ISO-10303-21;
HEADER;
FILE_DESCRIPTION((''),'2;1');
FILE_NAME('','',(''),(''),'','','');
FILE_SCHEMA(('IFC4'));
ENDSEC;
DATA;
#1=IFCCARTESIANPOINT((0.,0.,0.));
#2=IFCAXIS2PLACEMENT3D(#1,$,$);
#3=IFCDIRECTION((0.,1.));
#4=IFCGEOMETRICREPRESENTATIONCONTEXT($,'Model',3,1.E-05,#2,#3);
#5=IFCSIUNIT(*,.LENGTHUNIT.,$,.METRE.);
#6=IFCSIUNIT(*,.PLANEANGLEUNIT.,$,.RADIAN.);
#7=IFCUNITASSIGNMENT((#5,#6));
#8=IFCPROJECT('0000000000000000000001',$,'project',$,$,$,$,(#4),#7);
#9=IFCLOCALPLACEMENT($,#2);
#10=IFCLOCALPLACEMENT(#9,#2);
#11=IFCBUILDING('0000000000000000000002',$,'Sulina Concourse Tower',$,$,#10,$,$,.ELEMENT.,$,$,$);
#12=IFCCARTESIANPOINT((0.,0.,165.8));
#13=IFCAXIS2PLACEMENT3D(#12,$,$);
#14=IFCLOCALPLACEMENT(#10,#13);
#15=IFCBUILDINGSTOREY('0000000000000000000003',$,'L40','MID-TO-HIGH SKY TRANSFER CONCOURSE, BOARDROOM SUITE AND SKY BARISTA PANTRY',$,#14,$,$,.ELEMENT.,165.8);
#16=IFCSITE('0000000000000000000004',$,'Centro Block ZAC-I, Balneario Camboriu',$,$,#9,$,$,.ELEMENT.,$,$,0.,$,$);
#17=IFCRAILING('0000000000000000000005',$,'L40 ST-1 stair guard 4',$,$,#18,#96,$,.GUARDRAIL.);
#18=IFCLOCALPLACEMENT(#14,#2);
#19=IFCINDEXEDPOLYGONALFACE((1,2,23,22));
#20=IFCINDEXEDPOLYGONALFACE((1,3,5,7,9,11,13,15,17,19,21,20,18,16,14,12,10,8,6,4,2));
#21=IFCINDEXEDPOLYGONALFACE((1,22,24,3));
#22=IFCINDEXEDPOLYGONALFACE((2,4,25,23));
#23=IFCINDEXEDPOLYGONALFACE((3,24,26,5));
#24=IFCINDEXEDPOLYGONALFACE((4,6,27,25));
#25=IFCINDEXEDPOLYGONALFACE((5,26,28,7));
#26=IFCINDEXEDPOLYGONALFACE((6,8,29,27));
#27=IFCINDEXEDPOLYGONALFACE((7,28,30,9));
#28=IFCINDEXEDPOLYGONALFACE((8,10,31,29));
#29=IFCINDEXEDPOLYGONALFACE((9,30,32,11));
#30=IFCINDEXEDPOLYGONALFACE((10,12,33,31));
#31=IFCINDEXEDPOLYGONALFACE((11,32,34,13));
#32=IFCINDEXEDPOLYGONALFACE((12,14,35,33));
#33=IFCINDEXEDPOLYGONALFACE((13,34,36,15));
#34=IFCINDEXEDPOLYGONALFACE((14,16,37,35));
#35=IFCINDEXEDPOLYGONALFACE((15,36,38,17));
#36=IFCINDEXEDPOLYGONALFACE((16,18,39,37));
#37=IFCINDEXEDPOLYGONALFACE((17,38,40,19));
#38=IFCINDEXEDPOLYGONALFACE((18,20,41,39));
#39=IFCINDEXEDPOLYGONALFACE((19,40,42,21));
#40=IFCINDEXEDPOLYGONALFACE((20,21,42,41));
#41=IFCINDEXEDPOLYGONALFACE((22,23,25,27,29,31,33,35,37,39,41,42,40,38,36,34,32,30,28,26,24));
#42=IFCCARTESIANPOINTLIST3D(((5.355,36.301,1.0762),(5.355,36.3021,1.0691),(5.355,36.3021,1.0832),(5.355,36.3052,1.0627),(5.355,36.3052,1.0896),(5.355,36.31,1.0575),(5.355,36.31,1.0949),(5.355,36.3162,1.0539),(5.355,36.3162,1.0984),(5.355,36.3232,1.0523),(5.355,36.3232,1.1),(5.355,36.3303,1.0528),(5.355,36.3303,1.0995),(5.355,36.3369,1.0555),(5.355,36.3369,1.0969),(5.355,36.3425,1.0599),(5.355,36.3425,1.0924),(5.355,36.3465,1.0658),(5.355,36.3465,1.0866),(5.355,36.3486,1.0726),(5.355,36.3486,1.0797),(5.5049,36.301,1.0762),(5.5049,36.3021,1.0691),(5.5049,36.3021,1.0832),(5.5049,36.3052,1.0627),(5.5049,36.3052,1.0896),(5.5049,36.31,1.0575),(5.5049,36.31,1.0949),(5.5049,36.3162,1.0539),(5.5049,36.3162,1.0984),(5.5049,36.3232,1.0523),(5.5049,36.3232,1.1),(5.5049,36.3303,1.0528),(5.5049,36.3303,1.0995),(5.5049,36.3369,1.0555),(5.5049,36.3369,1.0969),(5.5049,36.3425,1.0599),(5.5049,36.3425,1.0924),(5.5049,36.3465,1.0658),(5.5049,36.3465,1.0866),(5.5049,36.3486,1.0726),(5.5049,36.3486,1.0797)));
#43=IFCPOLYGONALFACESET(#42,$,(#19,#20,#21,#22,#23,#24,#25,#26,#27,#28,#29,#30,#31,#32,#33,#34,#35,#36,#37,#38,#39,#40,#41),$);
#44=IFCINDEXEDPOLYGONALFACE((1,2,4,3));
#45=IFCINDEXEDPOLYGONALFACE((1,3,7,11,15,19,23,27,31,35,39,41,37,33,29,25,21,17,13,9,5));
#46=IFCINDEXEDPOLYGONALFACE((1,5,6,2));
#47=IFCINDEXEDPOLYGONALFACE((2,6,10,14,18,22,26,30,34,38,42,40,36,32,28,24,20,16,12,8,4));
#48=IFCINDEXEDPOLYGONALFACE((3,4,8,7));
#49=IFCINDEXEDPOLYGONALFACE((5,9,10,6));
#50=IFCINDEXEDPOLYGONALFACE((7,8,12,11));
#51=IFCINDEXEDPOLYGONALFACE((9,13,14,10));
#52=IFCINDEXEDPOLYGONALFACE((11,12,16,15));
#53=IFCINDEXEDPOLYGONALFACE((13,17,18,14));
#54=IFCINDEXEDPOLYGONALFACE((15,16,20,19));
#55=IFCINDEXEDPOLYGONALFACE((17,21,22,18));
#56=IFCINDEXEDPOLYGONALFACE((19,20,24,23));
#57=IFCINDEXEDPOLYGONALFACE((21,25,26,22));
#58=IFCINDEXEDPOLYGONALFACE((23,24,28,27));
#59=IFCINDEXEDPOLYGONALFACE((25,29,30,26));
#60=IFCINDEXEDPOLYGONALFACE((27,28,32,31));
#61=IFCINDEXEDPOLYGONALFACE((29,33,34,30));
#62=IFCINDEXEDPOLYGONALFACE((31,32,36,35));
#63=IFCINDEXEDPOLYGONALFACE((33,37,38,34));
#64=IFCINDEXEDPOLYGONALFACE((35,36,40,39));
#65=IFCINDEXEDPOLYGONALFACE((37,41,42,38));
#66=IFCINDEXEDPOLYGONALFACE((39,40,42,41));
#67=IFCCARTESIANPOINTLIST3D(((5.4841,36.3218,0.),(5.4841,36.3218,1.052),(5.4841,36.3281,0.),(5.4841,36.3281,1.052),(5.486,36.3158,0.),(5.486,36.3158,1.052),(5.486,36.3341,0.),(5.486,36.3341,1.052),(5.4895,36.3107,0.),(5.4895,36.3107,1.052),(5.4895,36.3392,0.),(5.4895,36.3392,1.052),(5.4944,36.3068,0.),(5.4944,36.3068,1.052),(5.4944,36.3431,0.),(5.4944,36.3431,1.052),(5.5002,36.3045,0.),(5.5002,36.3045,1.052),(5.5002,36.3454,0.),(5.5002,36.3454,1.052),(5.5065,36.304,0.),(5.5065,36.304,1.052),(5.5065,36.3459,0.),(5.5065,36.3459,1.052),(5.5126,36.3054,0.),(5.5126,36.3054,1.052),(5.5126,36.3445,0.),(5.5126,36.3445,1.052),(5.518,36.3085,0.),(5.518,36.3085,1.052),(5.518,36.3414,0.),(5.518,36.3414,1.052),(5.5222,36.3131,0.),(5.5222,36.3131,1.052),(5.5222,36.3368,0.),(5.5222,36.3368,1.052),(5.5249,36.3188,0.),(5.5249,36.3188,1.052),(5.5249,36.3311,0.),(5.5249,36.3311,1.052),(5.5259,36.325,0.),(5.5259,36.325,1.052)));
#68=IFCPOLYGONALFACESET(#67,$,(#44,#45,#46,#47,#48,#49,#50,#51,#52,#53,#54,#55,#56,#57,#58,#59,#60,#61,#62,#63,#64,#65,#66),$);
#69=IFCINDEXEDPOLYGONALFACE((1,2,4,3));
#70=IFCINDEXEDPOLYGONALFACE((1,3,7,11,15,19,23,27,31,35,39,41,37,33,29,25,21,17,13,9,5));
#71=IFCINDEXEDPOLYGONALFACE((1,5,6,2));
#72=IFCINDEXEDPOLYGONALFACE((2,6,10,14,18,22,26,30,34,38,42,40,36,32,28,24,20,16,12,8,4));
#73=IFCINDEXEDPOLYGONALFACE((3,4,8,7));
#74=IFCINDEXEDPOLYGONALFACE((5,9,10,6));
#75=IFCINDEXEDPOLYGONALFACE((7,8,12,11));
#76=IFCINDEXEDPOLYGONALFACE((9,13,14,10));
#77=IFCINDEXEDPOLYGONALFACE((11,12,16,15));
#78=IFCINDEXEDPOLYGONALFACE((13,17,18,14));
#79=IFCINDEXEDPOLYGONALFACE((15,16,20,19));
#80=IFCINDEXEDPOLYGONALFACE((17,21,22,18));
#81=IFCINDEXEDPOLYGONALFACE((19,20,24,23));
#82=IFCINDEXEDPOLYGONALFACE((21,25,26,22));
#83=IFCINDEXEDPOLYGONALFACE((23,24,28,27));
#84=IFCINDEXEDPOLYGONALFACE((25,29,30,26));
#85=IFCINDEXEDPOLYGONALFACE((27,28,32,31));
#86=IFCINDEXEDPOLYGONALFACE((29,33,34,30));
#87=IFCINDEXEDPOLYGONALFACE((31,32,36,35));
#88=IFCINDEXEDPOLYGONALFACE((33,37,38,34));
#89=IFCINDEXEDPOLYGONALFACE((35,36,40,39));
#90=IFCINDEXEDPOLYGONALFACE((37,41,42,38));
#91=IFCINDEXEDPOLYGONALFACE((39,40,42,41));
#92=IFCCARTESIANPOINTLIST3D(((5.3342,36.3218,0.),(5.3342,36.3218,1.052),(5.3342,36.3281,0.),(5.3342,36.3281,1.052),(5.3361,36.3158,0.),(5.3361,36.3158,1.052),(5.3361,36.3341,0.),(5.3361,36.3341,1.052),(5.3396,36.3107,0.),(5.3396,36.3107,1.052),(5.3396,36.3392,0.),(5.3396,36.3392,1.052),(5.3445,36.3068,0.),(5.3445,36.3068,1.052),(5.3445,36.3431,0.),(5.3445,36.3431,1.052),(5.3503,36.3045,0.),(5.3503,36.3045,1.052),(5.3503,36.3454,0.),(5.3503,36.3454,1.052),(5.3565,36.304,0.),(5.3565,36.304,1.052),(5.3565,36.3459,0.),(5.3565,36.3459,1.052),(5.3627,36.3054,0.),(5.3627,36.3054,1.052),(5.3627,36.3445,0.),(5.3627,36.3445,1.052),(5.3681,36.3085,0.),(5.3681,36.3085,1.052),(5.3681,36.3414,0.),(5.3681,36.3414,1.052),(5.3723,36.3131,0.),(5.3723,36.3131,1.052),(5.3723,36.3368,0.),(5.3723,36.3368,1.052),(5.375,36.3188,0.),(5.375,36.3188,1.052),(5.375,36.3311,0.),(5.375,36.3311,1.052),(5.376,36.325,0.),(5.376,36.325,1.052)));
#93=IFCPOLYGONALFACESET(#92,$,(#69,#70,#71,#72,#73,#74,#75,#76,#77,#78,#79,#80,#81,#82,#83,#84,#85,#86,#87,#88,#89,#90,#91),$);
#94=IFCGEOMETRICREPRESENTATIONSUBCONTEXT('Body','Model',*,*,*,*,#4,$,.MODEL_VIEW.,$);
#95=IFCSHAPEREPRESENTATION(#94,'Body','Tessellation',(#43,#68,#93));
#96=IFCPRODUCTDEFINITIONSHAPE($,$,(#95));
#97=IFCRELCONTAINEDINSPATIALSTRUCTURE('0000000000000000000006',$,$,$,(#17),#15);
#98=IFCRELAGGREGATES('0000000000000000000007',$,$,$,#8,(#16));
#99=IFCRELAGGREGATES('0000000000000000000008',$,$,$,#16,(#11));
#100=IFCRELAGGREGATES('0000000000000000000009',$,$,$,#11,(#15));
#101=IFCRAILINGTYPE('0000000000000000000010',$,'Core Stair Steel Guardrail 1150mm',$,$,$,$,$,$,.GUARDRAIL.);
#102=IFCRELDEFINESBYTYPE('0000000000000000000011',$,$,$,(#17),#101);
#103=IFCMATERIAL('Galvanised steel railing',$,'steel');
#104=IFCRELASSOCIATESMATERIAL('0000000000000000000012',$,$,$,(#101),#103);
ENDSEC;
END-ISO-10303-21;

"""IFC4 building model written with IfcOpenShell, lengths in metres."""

from ifc_helpers import new_model, si_unit, direction, frame, origin, origin_2d, place, context, subcontext, project, spatial, circle, extrude, material, type_object, element, save


model = new_model("IFC4")

# Units and contexts
model_context = context("Model", 3, precision=1e-05, world=origin(), true_north=direction((0.0, 1.0)))
body_context = subcontext(model_context, "Body", "Model", "MODEL_VIEW")
ifc_project = project(units=[si_unit("LENGTHUNIT", "METRE"), si_unit("PLANEANGLEUNIT", "RADIAN")], contexts=[model_context])

# Site, building, storey
site_placement = place(None, origin())
site = spatial("IfcSite", under=ifc_project, at=site_placement, Name="Centro Block ZAC-I, Balneario Camboriu", CompositionType="ELEMENT", RefElevation=0.0)
building_placement = place(site_placement, origin())
building = spatial("IfcBuilding", under=site, at=building_placement, Name="Sulina Concourse Tower", CompositionType="ELEMENT")
storey_placement = place(building_placement, frame((0.0, 0.0, 165.8)))
storey = spatial("IfcBuildingStorey", under=building, at=storey_placement, Name="L40", Description="MID-TO-HIGH SKY TRANSFER CONCOURSE, BOARDROOM SUITE AND SKY BARISTA PANTRY", CompositionType="ELEMENT", Elevation=165.8)

# Railing
ifc_material_1 = material(Name="Galvanised steel railing", Category="steel")
railing_type_1 = type_object("IfcRailingType", Name="Core Stair Steel Guardrail 1150mm", PredefinedType="GUARDRAIL", material=ifc_material_1)
railing_1_placement = place(storey_placement, frame((5.5049, 36.325, 0.0)))
element("IfcRailing", 1, at=railing_1_placement, inside=storey, type_object=railing_type_1, Name="L40 ST-1 stair guard 4", PredefinedType="GUARDRAIL", context=body_context, shape_type="SweptSolid", body=[
    extrude(circle(Radius=0.0239, at=origin_2d()), frame((0.0, 0.0, 1.0762), z_axis=(-1.0, 0.0, 0.0), x_axis=(0.0, -1.0, 0.0)), (0.0, 0.0, 1.0), 0.1499),
    extrude(circle(Radius=0.021, at=origin_2d()), origin(), (0.0, 0.0, 1.0), 1.052),
    extrude(circle(Radius=0.021, at=origin_2d()), frame((-0.1499, 0.0, 0.0)), (0.0, 0.0, 1.0), 1.052),
])

save(model, "model.ifc")
